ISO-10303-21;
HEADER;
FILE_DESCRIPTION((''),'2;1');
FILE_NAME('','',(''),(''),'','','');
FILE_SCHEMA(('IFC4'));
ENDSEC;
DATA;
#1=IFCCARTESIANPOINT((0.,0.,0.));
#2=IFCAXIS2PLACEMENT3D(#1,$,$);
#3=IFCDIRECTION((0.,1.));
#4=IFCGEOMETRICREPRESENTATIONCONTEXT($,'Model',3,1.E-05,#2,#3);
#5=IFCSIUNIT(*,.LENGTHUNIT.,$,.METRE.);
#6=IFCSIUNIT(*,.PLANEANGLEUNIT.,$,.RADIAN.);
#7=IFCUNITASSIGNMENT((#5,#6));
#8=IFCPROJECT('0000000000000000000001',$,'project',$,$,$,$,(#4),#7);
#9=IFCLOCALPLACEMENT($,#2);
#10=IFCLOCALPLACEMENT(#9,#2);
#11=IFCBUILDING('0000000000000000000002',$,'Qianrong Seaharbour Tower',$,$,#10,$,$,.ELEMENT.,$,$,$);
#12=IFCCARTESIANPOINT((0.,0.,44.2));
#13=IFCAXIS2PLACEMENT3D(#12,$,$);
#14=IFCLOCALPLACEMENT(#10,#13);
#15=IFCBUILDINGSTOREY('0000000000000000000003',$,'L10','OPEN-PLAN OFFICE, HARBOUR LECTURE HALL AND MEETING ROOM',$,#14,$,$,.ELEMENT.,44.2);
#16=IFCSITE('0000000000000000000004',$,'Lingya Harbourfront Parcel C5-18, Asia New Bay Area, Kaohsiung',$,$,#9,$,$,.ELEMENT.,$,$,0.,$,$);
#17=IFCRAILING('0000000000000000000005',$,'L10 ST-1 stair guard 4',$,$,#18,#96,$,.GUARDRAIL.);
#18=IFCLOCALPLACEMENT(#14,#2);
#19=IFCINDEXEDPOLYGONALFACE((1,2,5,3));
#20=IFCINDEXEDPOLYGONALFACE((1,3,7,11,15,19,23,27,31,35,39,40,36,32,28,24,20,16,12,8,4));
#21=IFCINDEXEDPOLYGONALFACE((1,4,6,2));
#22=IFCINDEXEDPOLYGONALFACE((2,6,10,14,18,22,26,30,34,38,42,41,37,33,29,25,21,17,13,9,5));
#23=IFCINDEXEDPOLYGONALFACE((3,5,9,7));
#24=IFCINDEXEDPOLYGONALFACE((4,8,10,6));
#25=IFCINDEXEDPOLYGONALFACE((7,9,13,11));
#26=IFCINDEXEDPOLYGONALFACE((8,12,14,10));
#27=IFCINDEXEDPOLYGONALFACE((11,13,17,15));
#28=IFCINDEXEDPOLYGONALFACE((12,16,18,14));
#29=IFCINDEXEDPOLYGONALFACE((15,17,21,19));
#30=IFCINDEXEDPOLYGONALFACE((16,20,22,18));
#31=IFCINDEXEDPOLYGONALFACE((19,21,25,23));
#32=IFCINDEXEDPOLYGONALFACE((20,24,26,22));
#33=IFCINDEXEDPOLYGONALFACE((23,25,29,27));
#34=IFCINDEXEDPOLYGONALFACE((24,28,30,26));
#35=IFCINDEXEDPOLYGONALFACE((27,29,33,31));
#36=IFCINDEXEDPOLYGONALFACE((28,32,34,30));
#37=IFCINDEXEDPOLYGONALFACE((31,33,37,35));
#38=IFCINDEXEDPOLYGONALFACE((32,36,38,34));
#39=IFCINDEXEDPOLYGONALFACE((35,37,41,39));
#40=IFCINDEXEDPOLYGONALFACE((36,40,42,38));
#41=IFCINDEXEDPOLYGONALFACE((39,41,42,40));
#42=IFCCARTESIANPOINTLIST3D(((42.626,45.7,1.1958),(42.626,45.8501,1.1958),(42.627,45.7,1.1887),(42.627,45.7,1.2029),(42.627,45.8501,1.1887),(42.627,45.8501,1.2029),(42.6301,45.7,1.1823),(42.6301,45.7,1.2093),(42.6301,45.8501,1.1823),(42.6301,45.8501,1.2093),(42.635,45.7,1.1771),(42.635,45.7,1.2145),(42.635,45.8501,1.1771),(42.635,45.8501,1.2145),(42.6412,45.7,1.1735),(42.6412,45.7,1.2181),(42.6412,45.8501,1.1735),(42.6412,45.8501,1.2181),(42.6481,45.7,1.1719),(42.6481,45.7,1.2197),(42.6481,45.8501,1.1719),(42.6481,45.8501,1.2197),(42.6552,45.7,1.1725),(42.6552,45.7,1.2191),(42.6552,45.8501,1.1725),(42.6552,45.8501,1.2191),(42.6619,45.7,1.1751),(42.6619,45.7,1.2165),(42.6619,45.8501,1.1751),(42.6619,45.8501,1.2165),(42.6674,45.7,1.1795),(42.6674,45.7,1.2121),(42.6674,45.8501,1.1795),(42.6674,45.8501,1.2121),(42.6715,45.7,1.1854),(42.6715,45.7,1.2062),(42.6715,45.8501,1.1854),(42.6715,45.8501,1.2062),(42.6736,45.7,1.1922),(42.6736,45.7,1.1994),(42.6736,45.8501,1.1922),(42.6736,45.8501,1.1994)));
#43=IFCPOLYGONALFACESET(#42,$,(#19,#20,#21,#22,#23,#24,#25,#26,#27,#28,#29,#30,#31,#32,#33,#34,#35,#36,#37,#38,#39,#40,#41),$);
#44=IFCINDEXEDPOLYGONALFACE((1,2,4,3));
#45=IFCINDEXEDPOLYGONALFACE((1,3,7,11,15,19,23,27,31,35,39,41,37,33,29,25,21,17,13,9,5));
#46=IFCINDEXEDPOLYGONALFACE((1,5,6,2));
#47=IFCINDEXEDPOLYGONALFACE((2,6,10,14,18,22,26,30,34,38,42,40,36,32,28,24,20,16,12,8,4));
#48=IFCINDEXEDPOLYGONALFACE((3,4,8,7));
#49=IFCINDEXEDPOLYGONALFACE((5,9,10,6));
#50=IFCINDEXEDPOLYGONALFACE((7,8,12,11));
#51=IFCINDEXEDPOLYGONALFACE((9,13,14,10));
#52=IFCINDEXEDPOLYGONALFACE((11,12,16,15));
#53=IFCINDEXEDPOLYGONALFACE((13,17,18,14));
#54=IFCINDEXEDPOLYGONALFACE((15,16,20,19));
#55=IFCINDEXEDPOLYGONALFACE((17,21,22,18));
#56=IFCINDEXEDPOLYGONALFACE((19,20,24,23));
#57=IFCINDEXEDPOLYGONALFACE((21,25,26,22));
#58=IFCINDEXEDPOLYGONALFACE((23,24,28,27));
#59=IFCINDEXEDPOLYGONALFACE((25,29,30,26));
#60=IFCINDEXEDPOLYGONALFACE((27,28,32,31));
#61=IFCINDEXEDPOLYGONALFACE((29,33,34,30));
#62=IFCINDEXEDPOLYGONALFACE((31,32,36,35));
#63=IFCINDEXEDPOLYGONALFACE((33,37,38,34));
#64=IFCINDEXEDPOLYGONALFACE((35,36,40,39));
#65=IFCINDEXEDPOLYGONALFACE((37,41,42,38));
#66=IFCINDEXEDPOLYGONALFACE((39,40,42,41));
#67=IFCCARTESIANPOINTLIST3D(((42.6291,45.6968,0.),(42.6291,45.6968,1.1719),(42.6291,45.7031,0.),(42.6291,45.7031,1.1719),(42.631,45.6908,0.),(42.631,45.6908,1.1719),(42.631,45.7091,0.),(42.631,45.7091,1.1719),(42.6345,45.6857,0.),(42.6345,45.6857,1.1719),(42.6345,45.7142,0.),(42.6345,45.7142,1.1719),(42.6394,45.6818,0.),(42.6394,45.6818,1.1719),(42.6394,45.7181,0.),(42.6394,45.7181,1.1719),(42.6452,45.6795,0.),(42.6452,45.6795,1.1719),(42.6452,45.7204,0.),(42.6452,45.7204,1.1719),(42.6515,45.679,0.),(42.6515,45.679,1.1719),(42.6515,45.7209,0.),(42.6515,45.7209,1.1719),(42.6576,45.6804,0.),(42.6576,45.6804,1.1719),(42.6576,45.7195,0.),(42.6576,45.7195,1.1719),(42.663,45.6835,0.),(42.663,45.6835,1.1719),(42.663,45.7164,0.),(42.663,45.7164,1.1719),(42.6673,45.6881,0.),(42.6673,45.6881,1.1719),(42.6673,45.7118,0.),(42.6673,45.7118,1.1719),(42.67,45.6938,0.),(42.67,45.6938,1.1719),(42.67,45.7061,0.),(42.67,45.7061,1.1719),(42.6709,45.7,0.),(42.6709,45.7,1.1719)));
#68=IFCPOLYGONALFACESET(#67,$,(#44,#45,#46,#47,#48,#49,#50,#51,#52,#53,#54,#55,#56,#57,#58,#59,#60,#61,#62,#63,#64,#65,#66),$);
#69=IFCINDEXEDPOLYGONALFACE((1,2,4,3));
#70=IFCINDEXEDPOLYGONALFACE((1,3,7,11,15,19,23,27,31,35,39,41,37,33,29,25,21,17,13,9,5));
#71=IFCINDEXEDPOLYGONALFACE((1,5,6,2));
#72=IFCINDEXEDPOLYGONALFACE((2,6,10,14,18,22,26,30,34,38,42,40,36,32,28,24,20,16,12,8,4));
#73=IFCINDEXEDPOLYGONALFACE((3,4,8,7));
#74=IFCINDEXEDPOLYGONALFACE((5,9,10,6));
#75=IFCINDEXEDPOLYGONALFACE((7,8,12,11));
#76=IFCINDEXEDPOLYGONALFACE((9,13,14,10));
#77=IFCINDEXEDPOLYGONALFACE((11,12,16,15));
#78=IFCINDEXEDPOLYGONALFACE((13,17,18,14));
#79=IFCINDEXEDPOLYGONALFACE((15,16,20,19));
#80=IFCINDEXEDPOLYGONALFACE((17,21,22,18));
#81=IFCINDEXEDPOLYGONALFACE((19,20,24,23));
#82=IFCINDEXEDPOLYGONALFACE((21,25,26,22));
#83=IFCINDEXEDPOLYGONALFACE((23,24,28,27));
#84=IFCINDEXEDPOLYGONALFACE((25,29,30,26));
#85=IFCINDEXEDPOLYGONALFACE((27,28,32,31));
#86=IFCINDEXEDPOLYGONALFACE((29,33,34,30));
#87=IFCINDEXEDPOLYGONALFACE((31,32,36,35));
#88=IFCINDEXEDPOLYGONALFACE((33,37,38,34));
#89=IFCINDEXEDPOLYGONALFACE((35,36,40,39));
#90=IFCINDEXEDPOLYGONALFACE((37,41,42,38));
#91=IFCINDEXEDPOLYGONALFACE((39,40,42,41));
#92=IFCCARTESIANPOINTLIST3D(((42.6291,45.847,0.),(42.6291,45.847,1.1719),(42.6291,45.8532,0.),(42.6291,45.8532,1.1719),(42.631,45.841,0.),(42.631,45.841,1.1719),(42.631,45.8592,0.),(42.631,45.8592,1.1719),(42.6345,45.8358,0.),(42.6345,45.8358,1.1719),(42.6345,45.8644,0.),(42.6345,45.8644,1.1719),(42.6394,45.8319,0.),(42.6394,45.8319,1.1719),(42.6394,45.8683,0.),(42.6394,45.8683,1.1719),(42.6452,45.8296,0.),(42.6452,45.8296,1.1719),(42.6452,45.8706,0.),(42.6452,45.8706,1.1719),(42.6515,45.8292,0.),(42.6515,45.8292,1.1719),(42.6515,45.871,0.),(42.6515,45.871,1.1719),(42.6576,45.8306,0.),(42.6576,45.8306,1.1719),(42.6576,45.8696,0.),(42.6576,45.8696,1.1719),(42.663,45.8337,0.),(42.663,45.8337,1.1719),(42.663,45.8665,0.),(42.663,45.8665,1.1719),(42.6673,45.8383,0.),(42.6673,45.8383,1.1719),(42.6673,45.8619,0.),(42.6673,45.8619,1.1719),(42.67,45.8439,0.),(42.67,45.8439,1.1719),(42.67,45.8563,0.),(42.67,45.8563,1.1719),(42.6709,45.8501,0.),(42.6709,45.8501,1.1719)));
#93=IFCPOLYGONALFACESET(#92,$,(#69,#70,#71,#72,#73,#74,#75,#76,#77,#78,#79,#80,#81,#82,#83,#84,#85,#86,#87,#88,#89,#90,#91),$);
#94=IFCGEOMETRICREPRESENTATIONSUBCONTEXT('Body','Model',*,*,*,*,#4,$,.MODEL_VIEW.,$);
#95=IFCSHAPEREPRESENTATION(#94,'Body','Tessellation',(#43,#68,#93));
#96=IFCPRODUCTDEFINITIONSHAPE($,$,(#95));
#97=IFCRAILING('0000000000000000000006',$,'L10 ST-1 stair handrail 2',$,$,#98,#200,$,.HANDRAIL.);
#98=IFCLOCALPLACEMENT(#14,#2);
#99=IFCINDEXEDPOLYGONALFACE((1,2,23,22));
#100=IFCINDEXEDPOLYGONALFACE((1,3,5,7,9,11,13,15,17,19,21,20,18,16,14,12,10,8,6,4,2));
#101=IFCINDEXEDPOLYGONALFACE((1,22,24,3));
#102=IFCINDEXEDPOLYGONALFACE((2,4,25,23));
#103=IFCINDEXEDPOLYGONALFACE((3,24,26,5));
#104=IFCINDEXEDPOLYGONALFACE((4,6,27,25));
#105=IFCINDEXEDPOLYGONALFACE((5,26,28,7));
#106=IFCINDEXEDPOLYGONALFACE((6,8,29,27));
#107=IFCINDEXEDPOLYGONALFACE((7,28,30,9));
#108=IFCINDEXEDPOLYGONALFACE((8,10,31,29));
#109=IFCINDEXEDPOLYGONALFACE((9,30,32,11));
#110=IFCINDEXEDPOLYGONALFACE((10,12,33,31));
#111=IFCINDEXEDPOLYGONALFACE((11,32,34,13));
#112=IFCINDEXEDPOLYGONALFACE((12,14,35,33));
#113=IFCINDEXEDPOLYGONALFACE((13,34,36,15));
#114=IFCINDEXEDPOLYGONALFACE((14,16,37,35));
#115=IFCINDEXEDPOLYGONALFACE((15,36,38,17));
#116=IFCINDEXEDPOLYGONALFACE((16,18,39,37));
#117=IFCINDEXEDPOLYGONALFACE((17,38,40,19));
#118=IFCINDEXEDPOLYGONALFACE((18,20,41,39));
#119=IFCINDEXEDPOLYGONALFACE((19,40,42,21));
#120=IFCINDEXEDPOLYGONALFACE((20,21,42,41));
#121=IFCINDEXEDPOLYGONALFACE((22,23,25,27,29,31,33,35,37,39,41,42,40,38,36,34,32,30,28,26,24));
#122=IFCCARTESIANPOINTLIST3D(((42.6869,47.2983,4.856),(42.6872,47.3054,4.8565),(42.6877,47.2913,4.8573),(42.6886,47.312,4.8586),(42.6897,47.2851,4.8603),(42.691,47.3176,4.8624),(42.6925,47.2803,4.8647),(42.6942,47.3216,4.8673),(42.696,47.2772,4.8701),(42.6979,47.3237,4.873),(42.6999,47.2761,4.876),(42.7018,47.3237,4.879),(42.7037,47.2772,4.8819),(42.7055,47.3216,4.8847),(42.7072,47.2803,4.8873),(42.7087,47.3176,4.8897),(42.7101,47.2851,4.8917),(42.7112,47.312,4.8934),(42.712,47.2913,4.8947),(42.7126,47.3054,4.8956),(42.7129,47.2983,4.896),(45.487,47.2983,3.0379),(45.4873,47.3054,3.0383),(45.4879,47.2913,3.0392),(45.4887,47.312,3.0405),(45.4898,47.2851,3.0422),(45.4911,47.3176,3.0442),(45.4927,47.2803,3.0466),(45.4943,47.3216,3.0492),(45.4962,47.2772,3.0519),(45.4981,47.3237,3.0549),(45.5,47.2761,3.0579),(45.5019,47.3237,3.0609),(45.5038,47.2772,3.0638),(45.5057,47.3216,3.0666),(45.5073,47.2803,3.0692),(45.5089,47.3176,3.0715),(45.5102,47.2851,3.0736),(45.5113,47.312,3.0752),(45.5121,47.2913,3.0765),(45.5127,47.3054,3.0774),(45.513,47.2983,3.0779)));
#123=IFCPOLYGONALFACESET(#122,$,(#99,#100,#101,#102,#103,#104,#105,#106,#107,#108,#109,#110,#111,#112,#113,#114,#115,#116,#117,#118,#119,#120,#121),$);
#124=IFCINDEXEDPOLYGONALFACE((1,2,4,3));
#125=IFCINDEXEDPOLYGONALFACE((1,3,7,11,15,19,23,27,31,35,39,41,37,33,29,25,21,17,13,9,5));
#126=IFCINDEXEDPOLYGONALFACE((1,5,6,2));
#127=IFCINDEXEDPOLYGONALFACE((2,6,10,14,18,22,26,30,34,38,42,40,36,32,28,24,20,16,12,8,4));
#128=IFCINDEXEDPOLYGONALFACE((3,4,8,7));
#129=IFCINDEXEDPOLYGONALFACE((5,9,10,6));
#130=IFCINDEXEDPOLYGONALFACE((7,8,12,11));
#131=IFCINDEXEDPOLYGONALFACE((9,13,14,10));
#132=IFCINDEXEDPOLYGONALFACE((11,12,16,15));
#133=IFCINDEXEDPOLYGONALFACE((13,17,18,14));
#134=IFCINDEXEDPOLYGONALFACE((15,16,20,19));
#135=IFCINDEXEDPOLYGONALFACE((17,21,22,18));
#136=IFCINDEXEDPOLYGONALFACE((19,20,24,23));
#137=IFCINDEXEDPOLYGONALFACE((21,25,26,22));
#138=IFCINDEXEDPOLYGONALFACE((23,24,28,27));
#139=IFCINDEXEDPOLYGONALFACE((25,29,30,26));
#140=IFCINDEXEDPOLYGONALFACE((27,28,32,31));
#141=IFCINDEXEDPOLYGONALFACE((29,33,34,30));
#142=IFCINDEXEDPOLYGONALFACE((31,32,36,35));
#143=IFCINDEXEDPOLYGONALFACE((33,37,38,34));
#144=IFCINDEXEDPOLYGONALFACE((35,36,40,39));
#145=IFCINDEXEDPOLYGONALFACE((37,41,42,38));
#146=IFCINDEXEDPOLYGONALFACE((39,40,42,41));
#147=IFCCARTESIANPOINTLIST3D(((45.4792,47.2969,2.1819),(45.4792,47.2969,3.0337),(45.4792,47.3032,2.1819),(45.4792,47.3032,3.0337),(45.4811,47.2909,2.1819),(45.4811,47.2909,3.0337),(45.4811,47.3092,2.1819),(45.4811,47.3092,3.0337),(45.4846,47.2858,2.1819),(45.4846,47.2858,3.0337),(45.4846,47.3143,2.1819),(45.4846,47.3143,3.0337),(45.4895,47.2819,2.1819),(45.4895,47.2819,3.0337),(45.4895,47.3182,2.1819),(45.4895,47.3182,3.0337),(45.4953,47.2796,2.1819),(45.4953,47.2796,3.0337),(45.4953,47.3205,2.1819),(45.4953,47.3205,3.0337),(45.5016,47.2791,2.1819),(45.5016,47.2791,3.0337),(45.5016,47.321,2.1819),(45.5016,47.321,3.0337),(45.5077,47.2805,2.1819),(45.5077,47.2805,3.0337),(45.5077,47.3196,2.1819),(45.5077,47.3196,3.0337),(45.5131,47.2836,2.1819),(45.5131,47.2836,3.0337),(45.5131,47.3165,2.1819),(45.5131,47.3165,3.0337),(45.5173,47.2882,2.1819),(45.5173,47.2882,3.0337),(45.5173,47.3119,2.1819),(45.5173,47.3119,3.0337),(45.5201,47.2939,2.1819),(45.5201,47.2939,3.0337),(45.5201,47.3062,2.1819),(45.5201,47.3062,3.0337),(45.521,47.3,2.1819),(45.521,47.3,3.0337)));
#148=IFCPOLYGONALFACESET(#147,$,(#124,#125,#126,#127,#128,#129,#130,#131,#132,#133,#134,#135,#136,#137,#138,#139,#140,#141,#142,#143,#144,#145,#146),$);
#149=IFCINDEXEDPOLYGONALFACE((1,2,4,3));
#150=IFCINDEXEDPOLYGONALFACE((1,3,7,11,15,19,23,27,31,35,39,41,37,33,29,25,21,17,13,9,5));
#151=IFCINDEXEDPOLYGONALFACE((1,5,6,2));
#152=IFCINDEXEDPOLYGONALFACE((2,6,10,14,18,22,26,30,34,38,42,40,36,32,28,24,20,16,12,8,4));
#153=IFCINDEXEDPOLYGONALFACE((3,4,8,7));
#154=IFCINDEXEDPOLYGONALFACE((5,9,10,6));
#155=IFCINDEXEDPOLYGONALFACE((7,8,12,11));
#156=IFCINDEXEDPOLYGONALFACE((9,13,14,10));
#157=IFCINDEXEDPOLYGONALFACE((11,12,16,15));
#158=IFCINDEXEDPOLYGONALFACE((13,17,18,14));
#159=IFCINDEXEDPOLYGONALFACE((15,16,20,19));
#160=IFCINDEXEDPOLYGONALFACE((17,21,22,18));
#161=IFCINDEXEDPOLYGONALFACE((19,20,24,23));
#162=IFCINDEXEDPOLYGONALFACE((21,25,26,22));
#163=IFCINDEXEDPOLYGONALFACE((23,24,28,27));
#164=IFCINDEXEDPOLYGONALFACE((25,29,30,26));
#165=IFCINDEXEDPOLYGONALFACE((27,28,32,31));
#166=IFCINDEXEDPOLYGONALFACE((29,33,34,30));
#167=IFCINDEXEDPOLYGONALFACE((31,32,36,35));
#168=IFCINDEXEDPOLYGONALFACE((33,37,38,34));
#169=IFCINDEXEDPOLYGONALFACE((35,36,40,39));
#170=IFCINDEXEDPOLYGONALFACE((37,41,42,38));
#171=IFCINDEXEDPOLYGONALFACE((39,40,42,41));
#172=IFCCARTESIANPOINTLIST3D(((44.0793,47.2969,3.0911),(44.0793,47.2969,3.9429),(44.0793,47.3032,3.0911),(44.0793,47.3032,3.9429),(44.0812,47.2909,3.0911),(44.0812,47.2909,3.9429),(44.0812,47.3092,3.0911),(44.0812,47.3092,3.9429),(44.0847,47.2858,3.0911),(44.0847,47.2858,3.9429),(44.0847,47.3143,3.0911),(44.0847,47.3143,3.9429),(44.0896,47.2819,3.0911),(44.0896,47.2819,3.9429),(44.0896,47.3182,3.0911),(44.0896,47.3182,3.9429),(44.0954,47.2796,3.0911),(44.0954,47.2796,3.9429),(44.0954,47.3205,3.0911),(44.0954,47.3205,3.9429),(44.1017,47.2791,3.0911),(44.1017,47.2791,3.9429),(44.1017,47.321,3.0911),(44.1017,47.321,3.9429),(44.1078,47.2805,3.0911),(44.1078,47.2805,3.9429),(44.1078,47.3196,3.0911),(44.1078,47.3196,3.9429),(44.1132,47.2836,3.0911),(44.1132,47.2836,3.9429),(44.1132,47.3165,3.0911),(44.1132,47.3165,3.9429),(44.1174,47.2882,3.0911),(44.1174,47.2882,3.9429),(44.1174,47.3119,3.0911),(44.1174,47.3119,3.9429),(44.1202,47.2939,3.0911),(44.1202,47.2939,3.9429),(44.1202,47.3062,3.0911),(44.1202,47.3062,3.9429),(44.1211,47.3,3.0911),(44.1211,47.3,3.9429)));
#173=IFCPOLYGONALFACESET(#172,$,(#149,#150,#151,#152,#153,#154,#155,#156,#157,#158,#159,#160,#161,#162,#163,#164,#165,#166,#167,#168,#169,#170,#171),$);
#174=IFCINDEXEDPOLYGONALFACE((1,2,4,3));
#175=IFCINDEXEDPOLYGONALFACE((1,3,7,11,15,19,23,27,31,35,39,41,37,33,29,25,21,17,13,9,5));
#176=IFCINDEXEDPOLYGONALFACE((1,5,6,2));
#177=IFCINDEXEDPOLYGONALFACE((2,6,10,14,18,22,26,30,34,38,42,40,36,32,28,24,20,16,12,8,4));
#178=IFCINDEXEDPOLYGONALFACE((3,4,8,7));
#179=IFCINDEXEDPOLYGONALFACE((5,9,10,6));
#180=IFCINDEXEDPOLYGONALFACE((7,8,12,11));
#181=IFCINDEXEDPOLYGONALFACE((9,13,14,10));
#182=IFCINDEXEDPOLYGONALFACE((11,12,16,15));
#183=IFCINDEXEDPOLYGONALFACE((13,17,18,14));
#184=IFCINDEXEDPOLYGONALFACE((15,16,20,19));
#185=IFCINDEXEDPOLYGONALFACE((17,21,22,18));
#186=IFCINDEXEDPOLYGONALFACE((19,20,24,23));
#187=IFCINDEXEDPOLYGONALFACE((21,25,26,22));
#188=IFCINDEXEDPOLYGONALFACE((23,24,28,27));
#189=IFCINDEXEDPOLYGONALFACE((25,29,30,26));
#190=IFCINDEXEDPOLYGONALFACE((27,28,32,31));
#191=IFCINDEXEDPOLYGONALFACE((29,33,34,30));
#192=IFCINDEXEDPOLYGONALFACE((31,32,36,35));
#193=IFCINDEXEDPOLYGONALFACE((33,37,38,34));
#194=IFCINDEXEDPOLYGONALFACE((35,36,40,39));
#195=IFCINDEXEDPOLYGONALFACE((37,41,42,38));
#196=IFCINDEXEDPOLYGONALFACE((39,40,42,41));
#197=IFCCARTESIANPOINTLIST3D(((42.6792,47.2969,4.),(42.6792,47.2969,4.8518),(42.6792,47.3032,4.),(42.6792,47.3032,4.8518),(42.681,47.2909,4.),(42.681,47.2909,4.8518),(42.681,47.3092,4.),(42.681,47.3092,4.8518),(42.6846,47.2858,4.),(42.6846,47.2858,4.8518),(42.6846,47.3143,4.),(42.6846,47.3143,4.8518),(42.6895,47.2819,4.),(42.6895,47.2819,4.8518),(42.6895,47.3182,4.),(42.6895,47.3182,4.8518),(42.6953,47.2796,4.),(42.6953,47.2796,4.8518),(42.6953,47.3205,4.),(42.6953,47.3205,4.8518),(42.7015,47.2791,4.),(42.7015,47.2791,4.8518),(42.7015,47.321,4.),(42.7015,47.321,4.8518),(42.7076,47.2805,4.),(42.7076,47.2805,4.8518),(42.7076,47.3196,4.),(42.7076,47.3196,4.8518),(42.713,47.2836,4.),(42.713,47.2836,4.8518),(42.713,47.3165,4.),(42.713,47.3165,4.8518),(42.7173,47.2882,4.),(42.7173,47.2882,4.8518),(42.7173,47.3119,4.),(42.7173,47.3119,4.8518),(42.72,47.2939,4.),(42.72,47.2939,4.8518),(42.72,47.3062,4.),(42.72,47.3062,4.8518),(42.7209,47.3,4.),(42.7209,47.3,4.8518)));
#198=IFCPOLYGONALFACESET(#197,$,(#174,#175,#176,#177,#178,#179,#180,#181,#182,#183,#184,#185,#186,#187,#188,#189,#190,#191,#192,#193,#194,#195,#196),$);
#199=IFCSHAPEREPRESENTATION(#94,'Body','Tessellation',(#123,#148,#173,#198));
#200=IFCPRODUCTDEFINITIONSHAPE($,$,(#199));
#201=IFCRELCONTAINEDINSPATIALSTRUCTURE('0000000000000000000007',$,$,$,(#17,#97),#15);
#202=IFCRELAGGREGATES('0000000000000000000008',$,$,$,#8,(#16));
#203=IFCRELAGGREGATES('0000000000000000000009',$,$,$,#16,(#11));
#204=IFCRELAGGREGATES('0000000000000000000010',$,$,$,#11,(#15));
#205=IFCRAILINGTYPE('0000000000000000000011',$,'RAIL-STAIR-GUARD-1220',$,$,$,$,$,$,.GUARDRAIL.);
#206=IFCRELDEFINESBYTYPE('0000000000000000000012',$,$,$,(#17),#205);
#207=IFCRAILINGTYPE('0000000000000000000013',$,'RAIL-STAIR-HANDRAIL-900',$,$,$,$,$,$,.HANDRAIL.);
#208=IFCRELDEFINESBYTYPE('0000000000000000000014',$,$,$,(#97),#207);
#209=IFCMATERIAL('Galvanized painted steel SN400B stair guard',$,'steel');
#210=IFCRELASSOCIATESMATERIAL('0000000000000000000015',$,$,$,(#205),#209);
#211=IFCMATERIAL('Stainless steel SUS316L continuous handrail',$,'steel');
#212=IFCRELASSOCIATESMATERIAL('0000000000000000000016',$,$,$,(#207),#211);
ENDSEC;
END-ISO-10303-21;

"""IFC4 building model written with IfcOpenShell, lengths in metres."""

from ifc_helpers import new_model, si_unit, direction, frame, origin, origin_2d, place, context, subcontext, project, spatial, circle, extrude, material, type_object, element, save


model = new_model("IFC4")

# Units and contexts
model_context = context("Model", 3, precision=1e-05, world=origin(), true_north=direction((0.0, 1.0)))
body_context = subcontext(model_context, "Body", "Model", "MODEL_VIEW")
ifc_project = project(units=[si_unit("LENGTHUNIT", "METRE"), si_unit("PLANEANGLEUNIT", "RADIAN")], contexts=[model_context])

# Site, building, storey
site_placement = place(None, origin())
site = spatial("IfcSite", under=ifc_project, at=site_placement, Name="Lingya Harbourfront Parcel C5-18, Asia New Bay Area, Kaohsiung", CompositionType="ELEMENT", RefElevation=0.0)
building_placement = place(site_placement, origin())
building = spatial("IfcBuilding", under=site, at=building_placement, Name="Qianrong Seaharbour Tower", CompositionType="ELEMENT")
storey_placement = place(building_placement, frame((0.0, 0.0, 44.2)))
storey = spatial("IfcBuildingStorey", under=building, at=storey_placement, Name="L10", Description="OPEN-PLAN OFFICE, HARBOUR LECTURE HALL AND MEETING ROOM", CompositionType="ELEMENT", Elevation=44.2)

# Railings
ifc_material_1 = material(Name="Galvanized painted steel SN400B stair guard", Category="steel")
railing_type_1 = type_object("IfcRailingType", Name="RAIL-STAIR-GUARD-1220", PredefinedType="GUARDRAIL", material=ifc_material_1)
railing_1_placement = place(storey_placement, frame((42.6499, 45.7, 0.0)))
element("IfcRailing", 1, at=railing_1_placement, inside=storey, type_object=railing_type_1, Name="L10 ST-1 stair guard 4", PredefinedType="GUARDRAIL", context=body_context, shape_type="SweptSolid", body=[
    extrude(circle(Radius=0.0239, at=origin_2d()), frame((0.0, 0.0, 1.1958), z_axis=(0.0, 1.0, 0.0), x_axis=(-1.0, 0.0, 0.0)), (0.0, 0.0, 1.0), 0.1501),
    extrude(circle(Radius=0.021, at=origin_2d()), origin(), (0.0, 0.0, 1.0), 1.1719),
    extrude(circle(Radius=0.021, at=origin_2d()), frame((0.0, 0.1501, 0.0)), (0.0, 0.0, 1.0), 1.1719),
])
ifc_material_2 = material(Name="Stainless steel SUS316L continuous handrail", Category="steel")
railing_type_2 = type_object("IfcRailingType", Name="RAIL-STAIR-HANDRAIL-900", PredefinedType="HANDRAIL", material=ifc_material_2)
railing_2_placement = place(storey_placement, frame((45.5, 47.3, 2.1819)))
element("IfcRailing", 2, at=railing_2_placement, inside=storey, type_object=railing_type_2, Name="L10 ST-1 stair handrail 2", PredefinedType="HANDRAIL", context=body_context, shape_type="SweptSolid", body=[
    extrude(circle(Radius=0.0239, at=origin_2d()), frame((0.0, 0.0, 0.876), z_axis=(-0.838706, 0.0, 0.544585), x_axis=(0.0, -1.0, 0.0)), (0.0, 0.0, 1.0), 3.3386),
    extrude(circle(Radius=0.021, at=origin_2d()), origin(), (0.0, 0.0, 1.0), 0.8518),
    extrude(circle(Radius=0.021, at=origin_2d()), frame((-1.3999, 0.0, 0.9092)), (0.0, 0.0, 1.0), 0.8518),
    extrude(circle(Radius=0.021, at=origin_2d()), frame((-2.8, 0.0, 1.8181)), (0.0, 0.0, 1.0), 0.8518),
])

save(model, "model.ifc")
